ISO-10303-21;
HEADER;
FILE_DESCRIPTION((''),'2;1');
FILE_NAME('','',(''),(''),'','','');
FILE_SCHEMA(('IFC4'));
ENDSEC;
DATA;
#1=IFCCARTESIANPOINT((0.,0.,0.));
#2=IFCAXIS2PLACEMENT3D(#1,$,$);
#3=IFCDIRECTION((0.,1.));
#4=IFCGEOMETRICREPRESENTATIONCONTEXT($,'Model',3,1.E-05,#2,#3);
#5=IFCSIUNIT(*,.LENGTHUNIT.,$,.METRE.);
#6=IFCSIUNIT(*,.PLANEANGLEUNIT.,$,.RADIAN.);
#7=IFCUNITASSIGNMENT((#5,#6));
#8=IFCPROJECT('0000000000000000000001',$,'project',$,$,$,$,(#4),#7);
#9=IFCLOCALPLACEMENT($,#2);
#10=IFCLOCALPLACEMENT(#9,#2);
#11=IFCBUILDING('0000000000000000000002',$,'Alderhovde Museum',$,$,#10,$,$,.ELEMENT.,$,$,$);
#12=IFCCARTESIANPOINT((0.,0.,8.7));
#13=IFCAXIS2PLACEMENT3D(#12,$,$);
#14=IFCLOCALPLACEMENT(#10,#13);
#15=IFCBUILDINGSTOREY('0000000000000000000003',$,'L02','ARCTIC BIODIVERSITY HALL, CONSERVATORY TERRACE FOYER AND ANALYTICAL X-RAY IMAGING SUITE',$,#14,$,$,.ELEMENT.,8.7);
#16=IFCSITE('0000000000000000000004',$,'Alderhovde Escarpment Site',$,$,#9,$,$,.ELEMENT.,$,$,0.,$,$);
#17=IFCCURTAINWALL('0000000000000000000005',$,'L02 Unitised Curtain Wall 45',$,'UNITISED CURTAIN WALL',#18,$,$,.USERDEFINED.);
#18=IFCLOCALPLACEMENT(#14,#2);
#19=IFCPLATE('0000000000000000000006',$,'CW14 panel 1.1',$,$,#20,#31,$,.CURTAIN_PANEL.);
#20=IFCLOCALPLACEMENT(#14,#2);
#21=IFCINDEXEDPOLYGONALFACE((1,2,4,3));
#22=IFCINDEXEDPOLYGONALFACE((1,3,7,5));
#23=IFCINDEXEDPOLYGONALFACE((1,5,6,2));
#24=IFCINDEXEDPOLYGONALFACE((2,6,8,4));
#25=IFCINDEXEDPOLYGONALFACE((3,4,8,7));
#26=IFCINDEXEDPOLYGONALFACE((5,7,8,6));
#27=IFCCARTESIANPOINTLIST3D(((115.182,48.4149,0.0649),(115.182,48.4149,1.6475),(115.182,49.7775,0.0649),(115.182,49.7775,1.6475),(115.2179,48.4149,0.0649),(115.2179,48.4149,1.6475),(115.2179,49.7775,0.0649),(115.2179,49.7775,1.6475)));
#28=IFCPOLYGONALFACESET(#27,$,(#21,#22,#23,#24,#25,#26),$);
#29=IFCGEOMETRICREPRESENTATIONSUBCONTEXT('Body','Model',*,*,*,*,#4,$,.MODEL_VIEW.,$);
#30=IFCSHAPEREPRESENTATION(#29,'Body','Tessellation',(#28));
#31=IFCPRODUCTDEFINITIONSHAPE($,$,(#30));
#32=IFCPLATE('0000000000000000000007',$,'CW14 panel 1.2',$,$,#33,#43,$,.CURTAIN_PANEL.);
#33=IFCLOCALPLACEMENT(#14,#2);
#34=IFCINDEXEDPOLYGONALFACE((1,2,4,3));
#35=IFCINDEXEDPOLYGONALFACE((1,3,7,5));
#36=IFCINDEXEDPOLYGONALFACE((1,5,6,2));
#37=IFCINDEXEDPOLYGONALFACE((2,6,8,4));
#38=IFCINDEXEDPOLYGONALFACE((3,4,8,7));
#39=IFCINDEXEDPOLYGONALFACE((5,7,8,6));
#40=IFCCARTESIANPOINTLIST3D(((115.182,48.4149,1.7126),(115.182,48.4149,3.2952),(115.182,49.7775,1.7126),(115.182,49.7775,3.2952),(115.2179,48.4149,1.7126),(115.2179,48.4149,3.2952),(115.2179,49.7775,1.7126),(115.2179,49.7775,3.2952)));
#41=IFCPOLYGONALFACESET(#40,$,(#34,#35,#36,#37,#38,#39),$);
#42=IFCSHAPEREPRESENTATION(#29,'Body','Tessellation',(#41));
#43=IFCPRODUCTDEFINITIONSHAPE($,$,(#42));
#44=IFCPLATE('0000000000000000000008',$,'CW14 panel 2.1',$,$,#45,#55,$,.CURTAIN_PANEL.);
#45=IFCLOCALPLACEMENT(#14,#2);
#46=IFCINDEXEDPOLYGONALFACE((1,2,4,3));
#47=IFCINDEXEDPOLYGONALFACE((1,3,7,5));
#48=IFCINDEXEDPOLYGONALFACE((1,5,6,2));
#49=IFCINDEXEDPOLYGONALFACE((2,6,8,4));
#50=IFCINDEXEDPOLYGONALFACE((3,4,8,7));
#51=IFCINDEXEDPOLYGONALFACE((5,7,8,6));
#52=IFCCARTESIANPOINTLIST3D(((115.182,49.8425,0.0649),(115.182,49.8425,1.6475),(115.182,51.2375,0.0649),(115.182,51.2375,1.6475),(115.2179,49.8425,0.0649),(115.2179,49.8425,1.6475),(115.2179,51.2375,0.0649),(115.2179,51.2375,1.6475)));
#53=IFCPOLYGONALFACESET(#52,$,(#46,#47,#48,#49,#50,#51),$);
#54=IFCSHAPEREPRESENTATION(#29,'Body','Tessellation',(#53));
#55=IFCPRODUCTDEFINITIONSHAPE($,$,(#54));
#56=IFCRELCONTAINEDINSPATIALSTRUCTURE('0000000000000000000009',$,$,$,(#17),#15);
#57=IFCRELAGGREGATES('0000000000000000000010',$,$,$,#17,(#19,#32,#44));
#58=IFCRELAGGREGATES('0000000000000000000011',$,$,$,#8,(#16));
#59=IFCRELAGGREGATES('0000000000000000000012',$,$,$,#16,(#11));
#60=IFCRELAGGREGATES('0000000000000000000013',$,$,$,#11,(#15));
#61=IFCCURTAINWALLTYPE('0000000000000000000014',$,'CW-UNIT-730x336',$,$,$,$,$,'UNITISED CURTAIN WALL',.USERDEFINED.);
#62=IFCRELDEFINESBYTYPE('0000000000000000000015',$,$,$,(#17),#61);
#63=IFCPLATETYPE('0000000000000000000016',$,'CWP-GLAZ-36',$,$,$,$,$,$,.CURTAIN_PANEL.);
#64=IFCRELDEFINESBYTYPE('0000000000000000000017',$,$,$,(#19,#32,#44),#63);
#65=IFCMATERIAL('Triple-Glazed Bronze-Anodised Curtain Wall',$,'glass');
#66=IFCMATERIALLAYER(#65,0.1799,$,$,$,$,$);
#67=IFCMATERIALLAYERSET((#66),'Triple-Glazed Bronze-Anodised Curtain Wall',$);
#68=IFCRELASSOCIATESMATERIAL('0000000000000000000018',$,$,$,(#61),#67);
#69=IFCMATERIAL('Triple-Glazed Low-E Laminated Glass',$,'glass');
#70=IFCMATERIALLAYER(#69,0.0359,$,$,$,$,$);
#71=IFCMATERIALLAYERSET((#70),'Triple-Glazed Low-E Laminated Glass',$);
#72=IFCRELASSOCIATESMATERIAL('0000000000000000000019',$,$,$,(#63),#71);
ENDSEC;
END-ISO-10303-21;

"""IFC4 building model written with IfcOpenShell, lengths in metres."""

from ifc_helpers import new_model, si_unit, direction, frame, origin, origin_2d, place, context, subcontext, project, spatial, rectangle, extrude, material, layer, layer_set, type_object, element, aggregate, save


model = new_model("IFC4")

# Units and contexts
model_context = context("Model", 3, precision=1e-05, world=origin(), true_north=direction((0.0, 1.0)))
body_context = subcontext(model_context, "Body", "Model", "MODEL_VIEW")
ifc_project = project(units=[si_unit("LENGTHUNIT", "METRE"), si_unit("PLANEANGLEUNIT", "RADIAN")], contexts=[model_context])

# Site, building, storey
site_placement = place(None, origin())
site = spatial("IfcSite", under=ifc_project, at=site_placement, Name="Alderhovde Escarpment Site", CompositionType="ELEMENT", RefElevation=0.0)
building_placement = place(site_placement, origin())
building = spatial("IfcBuilding", under=site, at=building_placement, Name="Alderhovde Museum", CompositionType="ELEMENT")
storey_placement = place(building_placement, frame((0.0, 0.0, 8.7)))
storey = spatial("IfcBuildingStorey", under=building, at=storey_placement, Name="L02", Description="ARCTIC BIODIVERSITY HALL, CONSERVATORY TERRACE FOYER AND ANALYTICAL X-RAY IMAGING SUITE", CompositionType="ELEMENT", Elevation=8.7)

# Curtain wall
ifc_material_1 = material(Name="Triple-Glazed Bronze-Anodised Curtain Wall", Category="glass")
ifc_layer_1 = layer(ifc_material_1, 0.1799)
ifc_layer_set_1 = layer_set([ifc_layer_1], Name="Triple-Glazed Bronze-Anodised Curtain Wall")
curtain_wall_type = type_object("IfcCurtainWallType", Name="CW-UNIT-730x336", ElementType="UNITISED CURTAIN WALL", PredefinedType="USERDEFINED", material=ifc_layer_set_1)
curtain_wall_placement = place(storey_placement, origin())
curtain_wall = element("IfcCurtainWall", 1, at=curtain_wall_placement, inside=storey, type_object=curtain_wall_type, Name="L02 Unitised Curtain Wall 45", ObjectType="UNITISED CURTAIN WALL", PredefinedType="USERDEFINED")

# Plates
ifc_material_2 = material(Name="Triple-Glazed Low-E Laminated Glass", Category="glass")
ifc_layer_2 = layer(ifc_material_2, 0.0359)
ifc_layer_set_2 = layer_set([ifc_layer_2], Name="Triple-Glazed Low-E Laminated Glass")
plate_type = type_object("IfcPlateType", Name="CWP-GLAZ-36", PredefinedType="CURTAIN_PANEL", material=ifc_layer_set_2)
plate_1_placement = place(storey_placement, frame((115.2, 49.0962, 0.0649), z_axis=(0.0, 0.0, 1.0), x_axis=(0.0, 1.0, 0.0)))
plate_1 = element("IfcPlate", 2, at=plate_1_placement, type_object=plate_type, Name="CW14 panel 1.1", PredefinedType="CURTAIN_PANEL", context=body_context, shape_type="SweptSolid", body=[
    extrude(rectangle(XDim=1.3625, YDim=0.0359, at=origin_2d()), origin(), (0.0, 0.0, 1.0), 1.5825),
])
plate_2_placement = place(storey_placement, frame((115.2, 49.0962, 1.7126), z_axis=(0.0, 0.0, 1.0), x_axis=(0.0, 1.0, 0.0)))
plate_2 = element("IfcPlate", 3, at=plate_2_placement, type_object=plate_type, Name="CW14 panel 1.2", PredefinedType="CURTAIN_PANEL", context=body_context, shape_type="SweptSolid", body=[
    extrude(rectangle(XDim=1.3625, YDim=0.0359, at=origin_2d()), origin(), (0.0, 0.0, 1.0), 1.5825),
])
plate_3_placement = place(storey_placement, frame((115.2, 50.54, 0.0649), z_axis=(0.0, 0.0, 1.0), x_axis=(0.0, 1.0, 0.0)))
plate_3 = element("IfcPlate", 4, at=plate_3_placement, type_object=plate_type, Name="CW14 panel 2.1", PredefinedType="CURTAIN_PANEL", context=body_context, shape_type="SweptSolid", body=[
    extrude(rectangle(XDim=1.395, YDim=0.0359, at=origin_2d()), origin(), (0.0, 0.0, 1.0), 1.5825),
])
aggregate(curtain_wall, [plate_1, plate_2, plate_3])

save(model, "model.ifc")
